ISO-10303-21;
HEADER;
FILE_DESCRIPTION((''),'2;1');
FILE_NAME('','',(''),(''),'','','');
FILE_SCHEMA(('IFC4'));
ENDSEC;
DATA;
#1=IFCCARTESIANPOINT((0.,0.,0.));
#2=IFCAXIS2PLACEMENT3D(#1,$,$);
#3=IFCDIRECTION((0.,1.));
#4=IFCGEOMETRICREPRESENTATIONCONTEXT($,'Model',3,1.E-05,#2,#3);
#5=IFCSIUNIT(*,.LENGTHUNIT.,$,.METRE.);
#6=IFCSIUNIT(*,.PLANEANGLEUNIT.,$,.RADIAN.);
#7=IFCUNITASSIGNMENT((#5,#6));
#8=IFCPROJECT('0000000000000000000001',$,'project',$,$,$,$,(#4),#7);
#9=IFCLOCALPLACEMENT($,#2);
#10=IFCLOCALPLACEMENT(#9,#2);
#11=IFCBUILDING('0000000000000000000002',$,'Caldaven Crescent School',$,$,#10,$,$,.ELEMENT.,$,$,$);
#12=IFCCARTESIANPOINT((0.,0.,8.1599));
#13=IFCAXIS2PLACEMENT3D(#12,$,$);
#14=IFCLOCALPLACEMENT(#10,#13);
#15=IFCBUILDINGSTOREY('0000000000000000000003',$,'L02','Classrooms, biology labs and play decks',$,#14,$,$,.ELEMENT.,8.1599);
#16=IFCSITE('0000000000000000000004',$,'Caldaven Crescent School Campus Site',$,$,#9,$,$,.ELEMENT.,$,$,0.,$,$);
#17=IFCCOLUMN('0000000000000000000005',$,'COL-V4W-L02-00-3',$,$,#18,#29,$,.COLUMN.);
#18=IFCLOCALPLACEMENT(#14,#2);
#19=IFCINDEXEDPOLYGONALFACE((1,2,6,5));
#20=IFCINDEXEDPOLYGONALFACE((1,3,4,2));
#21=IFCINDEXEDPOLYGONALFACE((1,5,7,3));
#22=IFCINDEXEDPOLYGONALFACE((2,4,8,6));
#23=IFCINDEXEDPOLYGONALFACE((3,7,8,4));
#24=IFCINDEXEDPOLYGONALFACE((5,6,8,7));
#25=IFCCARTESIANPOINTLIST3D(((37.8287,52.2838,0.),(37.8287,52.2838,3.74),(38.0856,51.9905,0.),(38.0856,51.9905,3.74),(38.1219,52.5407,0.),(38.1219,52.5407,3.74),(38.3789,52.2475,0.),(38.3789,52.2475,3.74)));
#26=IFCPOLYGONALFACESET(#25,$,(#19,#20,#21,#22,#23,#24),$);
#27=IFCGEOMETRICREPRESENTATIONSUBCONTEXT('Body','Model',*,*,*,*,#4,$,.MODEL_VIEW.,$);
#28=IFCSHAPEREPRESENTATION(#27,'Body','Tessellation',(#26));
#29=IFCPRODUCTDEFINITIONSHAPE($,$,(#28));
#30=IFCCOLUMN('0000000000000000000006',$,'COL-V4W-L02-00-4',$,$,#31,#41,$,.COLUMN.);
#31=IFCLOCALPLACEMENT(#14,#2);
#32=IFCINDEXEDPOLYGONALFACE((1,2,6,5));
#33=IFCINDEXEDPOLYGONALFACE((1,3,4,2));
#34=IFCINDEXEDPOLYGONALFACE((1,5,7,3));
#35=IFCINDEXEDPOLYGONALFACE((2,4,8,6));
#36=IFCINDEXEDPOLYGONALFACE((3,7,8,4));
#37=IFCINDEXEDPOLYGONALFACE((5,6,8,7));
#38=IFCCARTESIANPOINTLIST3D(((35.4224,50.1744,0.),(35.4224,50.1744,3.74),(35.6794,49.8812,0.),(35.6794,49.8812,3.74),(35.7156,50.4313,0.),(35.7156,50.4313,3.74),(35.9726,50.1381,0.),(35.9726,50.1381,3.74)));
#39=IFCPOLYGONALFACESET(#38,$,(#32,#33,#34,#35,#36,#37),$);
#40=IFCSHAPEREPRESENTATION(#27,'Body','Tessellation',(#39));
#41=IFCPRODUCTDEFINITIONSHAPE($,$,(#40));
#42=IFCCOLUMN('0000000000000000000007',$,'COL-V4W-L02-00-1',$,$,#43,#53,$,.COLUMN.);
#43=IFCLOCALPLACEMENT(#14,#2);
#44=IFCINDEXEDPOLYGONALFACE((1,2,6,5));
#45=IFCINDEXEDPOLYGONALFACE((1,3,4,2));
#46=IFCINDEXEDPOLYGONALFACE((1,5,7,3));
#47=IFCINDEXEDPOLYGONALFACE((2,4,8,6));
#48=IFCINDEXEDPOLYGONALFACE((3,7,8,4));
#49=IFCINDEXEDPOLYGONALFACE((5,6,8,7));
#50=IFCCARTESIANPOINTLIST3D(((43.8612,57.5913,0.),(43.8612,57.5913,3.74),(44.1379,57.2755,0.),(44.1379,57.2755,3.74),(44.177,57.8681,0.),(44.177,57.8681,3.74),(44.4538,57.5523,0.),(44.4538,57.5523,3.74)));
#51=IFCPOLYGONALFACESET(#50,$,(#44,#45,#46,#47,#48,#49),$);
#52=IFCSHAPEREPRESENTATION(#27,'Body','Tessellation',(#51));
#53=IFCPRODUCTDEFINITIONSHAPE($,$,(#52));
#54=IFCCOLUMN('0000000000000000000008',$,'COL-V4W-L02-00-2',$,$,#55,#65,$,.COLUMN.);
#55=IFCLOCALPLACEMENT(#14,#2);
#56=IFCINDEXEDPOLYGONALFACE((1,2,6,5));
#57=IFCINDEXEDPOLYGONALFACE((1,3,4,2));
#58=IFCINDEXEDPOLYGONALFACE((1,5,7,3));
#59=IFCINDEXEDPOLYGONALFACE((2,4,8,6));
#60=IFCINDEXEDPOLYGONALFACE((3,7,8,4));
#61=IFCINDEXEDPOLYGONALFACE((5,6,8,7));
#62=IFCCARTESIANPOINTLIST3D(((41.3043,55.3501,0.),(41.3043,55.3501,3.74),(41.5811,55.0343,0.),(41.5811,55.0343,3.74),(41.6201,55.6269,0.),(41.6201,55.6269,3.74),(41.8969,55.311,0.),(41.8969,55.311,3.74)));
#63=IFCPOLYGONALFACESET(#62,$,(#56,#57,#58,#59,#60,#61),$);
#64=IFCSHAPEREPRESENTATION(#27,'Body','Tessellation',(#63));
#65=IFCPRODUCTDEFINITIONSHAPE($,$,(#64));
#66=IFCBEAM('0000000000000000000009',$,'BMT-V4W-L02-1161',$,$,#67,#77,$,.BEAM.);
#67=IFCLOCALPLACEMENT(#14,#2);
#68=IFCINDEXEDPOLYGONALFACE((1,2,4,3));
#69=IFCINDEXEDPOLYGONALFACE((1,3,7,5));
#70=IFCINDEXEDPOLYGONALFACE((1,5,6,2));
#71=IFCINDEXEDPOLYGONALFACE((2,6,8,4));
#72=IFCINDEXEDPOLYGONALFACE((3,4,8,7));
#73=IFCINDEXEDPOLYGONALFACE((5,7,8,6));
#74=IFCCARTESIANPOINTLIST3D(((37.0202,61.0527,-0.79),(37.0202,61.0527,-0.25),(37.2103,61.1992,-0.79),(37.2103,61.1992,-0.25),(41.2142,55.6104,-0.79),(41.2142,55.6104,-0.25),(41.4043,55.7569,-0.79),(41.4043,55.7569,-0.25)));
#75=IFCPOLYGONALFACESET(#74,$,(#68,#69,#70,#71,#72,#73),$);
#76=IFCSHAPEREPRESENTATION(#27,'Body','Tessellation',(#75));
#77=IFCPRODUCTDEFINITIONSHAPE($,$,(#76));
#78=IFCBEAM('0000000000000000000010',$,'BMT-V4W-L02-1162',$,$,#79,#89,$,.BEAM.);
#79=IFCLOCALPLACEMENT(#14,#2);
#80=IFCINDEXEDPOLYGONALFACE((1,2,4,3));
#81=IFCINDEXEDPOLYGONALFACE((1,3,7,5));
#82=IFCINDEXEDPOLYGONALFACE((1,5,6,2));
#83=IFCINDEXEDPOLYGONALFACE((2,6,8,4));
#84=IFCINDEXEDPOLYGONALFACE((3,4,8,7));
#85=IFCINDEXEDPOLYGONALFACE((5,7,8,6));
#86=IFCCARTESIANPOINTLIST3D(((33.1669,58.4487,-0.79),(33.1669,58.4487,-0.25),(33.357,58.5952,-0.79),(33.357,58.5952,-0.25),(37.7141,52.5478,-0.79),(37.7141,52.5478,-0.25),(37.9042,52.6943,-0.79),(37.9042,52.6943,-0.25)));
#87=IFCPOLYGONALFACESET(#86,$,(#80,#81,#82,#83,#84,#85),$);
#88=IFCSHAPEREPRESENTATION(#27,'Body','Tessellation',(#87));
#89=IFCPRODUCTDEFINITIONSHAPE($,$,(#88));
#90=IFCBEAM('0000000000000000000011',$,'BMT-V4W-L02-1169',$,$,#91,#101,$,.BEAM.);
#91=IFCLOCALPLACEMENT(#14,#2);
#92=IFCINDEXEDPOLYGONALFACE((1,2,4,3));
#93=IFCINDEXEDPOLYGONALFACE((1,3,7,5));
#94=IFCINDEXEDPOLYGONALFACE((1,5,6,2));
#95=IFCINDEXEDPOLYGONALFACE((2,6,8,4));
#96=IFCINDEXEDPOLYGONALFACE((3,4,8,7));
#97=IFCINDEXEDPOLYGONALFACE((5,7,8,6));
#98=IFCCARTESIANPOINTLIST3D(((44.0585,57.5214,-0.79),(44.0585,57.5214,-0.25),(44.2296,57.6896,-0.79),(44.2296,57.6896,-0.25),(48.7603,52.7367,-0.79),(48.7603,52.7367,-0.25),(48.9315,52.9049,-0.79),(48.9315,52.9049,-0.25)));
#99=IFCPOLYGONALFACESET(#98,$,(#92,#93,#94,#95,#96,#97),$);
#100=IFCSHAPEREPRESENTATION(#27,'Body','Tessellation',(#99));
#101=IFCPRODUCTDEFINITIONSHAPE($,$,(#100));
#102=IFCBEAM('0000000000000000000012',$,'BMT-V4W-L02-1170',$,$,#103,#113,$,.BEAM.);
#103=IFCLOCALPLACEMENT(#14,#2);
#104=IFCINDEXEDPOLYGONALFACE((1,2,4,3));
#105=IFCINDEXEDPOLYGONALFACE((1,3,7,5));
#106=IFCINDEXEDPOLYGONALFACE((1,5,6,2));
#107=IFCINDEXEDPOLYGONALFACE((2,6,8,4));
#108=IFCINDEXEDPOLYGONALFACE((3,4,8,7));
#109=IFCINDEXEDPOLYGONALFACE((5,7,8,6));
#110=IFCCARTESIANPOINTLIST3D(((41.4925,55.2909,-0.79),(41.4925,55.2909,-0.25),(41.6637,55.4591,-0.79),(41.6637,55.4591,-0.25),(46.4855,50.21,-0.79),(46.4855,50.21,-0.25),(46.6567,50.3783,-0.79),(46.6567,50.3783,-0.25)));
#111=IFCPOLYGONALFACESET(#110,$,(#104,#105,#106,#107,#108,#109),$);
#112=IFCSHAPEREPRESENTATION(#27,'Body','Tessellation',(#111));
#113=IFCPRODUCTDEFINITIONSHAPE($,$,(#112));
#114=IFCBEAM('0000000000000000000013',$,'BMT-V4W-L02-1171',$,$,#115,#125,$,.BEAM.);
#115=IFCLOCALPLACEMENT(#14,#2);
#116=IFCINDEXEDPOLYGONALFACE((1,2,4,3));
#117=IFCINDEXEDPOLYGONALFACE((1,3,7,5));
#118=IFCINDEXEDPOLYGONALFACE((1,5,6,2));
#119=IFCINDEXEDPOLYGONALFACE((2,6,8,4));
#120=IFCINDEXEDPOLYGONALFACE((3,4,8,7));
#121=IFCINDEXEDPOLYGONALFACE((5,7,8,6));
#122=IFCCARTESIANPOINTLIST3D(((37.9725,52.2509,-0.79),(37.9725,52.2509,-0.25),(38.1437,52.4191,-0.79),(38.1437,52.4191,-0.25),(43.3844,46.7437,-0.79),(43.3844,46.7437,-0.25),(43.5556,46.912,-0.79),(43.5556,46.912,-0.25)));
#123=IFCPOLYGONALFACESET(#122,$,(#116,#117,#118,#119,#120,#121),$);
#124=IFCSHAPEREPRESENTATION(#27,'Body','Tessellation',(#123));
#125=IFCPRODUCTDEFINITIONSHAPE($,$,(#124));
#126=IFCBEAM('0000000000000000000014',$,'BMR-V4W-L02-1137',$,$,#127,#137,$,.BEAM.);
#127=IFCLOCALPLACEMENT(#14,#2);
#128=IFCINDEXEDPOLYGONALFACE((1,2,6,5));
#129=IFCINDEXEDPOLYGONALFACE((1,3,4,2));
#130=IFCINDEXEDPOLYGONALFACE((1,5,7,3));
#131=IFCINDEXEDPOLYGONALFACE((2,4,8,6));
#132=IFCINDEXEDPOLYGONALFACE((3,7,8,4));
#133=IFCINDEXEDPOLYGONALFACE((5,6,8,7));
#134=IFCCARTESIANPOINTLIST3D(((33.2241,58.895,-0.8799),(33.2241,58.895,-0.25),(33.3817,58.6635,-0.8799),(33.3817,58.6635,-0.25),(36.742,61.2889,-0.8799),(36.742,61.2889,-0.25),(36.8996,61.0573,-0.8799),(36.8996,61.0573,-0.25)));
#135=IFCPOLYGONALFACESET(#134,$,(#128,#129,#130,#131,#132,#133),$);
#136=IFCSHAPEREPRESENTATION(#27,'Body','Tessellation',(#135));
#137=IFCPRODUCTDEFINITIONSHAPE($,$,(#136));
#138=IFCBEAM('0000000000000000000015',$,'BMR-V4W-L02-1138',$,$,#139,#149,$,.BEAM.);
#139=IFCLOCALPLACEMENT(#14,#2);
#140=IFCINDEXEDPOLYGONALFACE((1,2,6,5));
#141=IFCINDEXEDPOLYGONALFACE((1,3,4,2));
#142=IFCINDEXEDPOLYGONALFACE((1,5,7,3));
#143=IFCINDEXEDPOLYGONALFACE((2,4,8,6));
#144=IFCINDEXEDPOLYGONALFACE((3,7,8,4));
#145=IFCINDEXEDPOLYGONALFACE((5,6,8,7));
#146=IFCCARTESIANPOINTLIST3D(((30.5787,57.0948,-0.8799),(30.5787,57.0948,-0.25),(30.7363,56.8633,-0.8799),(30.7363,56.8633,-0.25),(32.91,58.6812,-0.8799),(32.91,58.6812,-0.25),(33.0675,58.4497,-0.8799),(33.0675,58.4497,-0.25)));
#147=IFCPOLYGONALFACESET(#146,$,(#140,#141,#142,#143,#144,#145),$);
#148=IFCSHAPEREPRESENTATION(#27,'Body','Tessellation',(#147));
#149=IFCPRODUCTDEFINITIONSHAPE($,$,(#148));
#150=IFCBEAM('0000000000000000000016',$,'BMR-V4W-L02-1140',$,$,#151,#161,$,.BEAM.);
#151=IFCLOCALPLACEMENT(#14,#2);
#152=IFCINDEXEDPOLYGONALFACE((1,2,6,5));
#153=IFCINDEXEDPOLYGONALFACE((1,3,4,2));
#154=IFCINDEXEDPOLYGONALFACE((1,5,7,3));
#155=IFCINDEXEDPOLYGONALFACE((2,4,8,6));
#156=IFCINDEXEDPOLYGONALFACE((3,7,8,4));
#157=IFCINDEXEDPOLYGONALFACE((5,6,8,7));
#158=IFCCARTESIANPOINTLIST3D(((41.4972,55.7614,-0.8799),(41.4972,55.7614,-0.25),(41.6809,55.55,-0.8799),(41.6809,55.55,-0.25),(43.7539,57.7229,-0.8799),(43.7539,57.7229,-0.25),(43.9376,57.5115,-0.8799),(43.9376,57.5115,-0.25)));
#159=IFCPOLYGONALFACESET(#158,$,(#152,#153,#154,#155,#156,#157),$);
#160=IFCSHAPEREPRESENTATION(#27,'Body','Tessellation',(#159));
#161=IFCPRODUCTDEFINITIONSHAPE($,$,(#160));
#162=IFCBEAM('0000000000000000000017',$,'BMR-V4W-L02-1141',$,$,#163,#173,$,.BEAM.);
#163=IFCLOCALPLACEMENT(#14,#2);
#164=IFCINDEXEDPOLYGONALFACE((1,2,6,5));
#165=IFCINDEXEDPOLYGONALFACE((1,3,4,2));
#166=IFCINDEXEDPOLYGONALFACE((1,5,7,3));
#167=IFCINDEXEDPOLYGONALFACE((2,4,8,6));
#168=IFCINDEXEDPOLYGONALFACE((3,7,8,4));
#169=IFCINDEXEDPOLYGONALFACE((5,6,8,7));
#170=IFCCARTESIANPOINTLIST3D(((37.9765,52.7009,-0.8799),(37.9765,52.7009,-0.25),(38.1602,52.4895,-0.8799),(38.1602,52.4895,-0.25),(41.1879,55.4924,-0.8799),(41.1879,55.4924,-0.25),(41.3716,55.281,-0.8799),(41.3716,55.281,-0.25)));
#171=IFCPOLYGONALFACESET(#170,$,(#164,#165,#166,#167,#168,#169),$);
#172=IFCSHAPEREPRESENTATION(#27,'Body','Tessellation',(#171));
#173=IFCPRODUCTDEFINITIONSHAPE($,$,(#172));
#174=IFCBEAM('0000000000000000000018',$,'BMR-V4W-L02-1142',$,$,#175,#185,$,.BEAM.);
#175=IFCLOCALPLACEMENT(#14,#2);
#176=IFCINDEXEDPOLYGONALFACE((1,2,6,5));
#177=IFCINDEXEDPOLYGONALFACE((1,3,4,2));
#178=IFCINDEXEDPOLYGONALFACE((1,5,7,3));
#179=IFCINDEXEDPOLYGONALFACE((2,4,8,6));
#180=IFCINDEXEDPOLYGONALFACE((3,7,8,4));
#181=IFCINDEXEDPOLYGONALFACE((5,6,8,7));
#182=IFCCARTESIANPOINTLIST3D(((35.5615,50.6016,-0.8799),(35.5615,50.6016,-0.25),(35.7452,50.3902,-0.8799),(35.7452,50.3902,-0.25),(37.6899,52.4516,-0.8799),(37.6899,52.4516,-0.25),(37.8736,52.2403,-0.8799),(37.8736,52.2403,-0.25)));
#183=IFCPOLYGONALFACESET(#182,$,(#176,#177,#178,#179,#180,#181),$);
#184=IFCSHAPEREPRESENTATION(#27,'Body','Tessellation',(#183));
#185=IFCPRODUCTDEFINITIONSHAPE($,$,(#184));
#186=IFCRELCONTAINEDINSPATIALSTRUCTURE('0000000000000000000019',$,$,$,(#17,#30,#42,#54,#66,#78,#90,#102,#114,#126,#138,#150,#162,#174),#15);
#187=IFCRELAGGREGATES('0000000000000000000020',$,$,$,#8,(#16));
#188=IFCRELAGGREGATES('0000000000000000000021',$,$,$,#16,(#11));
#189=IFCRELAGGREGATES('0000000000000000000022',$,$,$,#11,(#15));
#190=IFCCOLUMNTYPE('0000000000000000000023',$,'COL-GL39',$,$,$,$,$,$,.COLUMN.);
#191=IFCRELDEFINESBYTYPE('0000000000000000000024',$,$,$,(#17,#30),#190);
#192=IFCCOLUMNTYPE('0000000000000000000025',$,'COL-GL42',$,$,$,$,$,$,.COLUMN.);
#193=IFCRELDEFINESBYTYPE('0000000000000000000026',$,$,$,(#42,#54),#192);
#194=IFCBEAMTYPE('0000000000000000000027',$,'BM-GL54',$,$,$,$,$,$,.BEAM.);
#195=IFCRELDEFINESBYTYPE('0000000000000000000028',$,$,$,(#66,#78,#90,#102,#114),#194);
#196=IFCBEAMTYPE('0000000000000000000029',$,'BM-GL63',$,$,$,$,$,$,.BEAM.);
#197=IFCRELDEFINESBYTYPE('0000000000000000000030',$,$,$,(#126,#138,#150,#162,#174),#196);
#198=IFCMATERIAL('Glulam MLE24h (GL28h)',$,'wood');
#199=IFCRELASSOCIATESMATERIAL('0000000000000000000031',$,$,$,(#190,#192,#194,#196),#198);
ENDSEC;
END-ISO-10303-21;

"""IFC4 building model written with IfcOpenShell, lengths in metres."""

from ifc_helpers import new_model, si_unit, direction, frame, origin, origin_2d, place, context, subcontext, project, spatial, rectangle, extrude, material, material_profile, profile_set, type_object, element, save


model = new_model("IFC4")

# Units and contexts
model_context = context("Model", 3, precision=1e-05, world=origin(), true_north=direction((0.0, 1.0)))
body_context = subcontext(model_context, "Body", "Model", "MODEL_VIEW")
ifc_project = project(units=[si_unit("LENGTHUNIT", "METRE"), si_unit("PLANEANGLEUNIT", "RADIAN")], contexts=[model_context])

# Site, building, storey
site_placement = place(None, origin())
site = spatial("IfcSite", under=ifc_project, at=site_placement, Name="Caldaven Crescent School Campus Site", CompositionType="ELEMENT", RefElevation=0.0)
building_placement = place(site_placement, origin())
building = spatial("IfcBuilding", under=site, at=building_placement, Name="Caldaven Crescent School", CompositionType="ELEMENT")
storey_placement = place(building_placement, frame((0.0, 0.0, 8.1599)))
storey = spatial("IfcBuildingStorey", under=building, at=storey_placement, Name="L02", Description="Classrooms, biology labs and play decks", CompositionType="ELEMENT", Elevation=8.1599)

# Columns
ifc_material_1 = material(Name="Glulam MLE24h (GL28h)", Category="wood")
ifc_material_profile_1 = material_profile(ifc_material_1, rectangle(XDim=0.3899, YDim=0.3899, at=origin_2d()), Name="MLE 390x390")
ifc_profile_set_1 = profile_set([ifc_material_profile_1], Name="Glulam MLE24h (GL28h)")
column_type_1 = type_object("IfcColumnType", Name="COL-GL39", PredefinedType="COLUMN", material=ifc_profile_set_1)
for number, where, z_axis, x_axis, name in (
    (1, (38.1038, 52.2656, 0.0), (0.0, 0.0, 1.0), (-0.75207, -0.659083, 0.0), "COL-V4W-L02-00-3"),
    (2, (35.6975, 50.1562, 0.0), (0.0, 0.0, 1.0), (-0.75207, -0.659083, 0.0), "COL-V4W-L02-00-4"),
):
    element("IfcColumn", number, at=place(storey_placement, frame(where, z_axis=z_axis, x_axis=x_axis)), inside=storey, type_object=column_type_1, Name=name, PredefinedType="COLUMN", context=body_context, shape_type="SweptSolid", body=[
        extrude(rectangle(XDim=0.3899, YDim=0.3899, at=origin_2d()), origin(), (0.0, 0.0, 1.0), 3.74),
    ])
ifc_material_profile_2 = material_profile(ifc_material_1, rectangle(XDim=0.4199, YDim=0.4199, at=origin_2d()), Name="MLE 420x420")
ifc_profile_set_2 = profile_set([ifc_material_profile_2], Name="Glulam MLE24h (GL28h)")
column_type_2 = type_object("IfcColumnType", Name="COL-GL42", PredefinedType="COLUMN", material=ifc_profile_set_2)
for number, where, z_axis, x_axis, name in (
    (3, (44.1575, 57.5718, 0.0), (0.0, 0.0, 1.0), (-0.75207, -0.659083, 0.0), "COL-V4W-L02-00-1"),
    (4, (41.6006, 55.3306, 0.0), (0.0, 0.0, 1.0), (-0.75207, -0.659083, 0.0), "COL-V4W-L02-00-2"),
):
    element("IfcColumn", number, at=place(storey_placement, frame(where, z_axis=z_axis, x_axis=x_axis)), inside=storey, type_object=column_type_2, Name=name, PredefinedType="COLUMN", context=body_context, shape_type="SweptSolid", body=[
        extrude(rectangle(XDim=0.4199, YDim=0.4199, at=origin_2d()), origin(), (0.0, 0.0, 1.0), 3.74),
    ])

# Beams
ifc_material_profile_3 = material_profile(ifc_material_1, rectangle(XDim=0.24, YDim=0.54, at=origin_2d()), Name="MLE 240x540")
ifc_profile_set_3 = profile_set([ifc_material_profile_3], Name="Glulam MLE24h (GL28h)")
beam_type_1 = type_object("IfcBeamType", Name="BM-GL54", PredefinedType="BEAM", material=ifc_profile_set_3)
beam_1_placement = place(storey_placement, frame((37.1152, 61.126, -0.52), z_axis=(0.610409, -0.792086, 0.0), x_axis=(0.792086, 0.610409, 0.0)))
element("IfcBeam", 5, at=beam_1_placement, inside=storey, type_object=beam_type_1, Name="BMT-V4W-L02-1161", PredefinedType="BEAM", context=body_context, shape_type="SweptSolid", body=[
    extrude(rectangle(XDim=0.24, YDim=0.54, at=origin_2d()), origin(), (0.0, 0.0, 1.0), 6.8708),
])
beam_2_placement = place(storey_placement, frame((33.262, 58.522, -0.52), z_axis=(0.610384, -0.792106, 0.0), x_axis=(0.792106, 0.610384, 0.0)))
element("IfcBeam", 6, at=beam_2_placement, inside=storey, type_object=beam_type_1, Name="BMT-V4W-L02-1162", PredefinedType="BEAM", context=body_context, shape_type="SweptSolid", body=[
    extrude(rectangle(XDim=0.24, YDim=0.54, at=origin_2d()), origin(), (0.0, 0.0, 1.0), 7.4497),
])
beam_3_placement = place(storey_placement, frame((44.144, 57.6055, -0.52), z_axis=(0.700911, -0.713249, 0.0), x_axis=(0.713249, 0.700911, 0.0)))
element("IfcBeam", 7, at=beam_3_placement, inside=storey, type_object=beam_type_1, Name="BMT-V4W-L02-1169", PredefinedType="BEAM", context=body_context, shape_type="SweptSolid", body=[
    extrude(rectangle(XDim=0.24, YDim=0.54, at=origin_2d()), origin(), (0.0, 0.0, 1.0), 6.7083),
])
beam_4_placement = place(storey_placement, frame((41.5781, 55.375, -0.52), z_axis=(0.700911, -0.713249, 0.0), x_axis=(0.713249, 0.700911, 0.0)))
element("IfcBeam", 8, at=beam_4_placement, inside=storey, type_object=beam_type_1, Name="BMT-V4W-L02-1170", PredefinedType="BEAM", context=body_context, shape_type="SweptSolid", body=[
    extrude(rectangle(XDim=0.24, YDim=0.54, at=origin_2d()), origin(), (0.0, 0.0, 1.0), 7.1235),
])
beam_5_placement = place(storey_placement, frame((38.0581, 52.335, -0.52), z_axis=(0.700914, -0.713246, 0.0), x_axis=(0.713246, 0.700914, 0.0)))
element("IfcBeam", 9, at=beam_5_placement, inside=storey, type_object=beam_type_1, Name="BMT-V4W-L02-1171", PredefinedType="BEAM", context=body_context, shape_type="SweptSolid", body=[
    extrude(rectangle(XDim=0.24, YDim=0.54, at=origin_2d()), origin(), (0.0, 0.0, 1.0), 7.7212),
])
ifc_material_profile_4 = material_profile(ifc_material_1, rectangle(XDim=0.28, YDim=0.6299, at=origin_2d()), Name="MLE 280x630")
ifc_profile_set_4 = profile_set([ifc_material_profile_4], Name="Glulam MLE24h (GL28h)")
beam_type_2 = type_object("IfcBeamType", Name="BM-GL63", PredefinedType="BEAM", material=ifc_profile_set_4)
beam_6_placement = place(storey_placement, frame((36.8208, 61.1731, -0.5649), z_axis=(-0.826743, -0.56258, 0.0), x_axis=(0.56258, -0.826743, 0.0)))
element("IfcBeam", 10, at=beam_6_placement, inside=storey, type_object=beam_type_2, Name="BMR-V4W-L02-1137", PredefinedType="BEAM", context=body_context, shape_type="SweptSolid", body=[
    extrude(rectangle(XDim=0.28, YDim=0.6299, at=origin_2d()), origin(), (0.0, 0.0, 1.0), 4.2551),
])
beam_7_placement = place(storey_placement, frame((32.9888, 58.5654, -0.5649), z_axis=(-0.826738, -0.562587, 0.0), x_axis=(0.562587, -0.826738, 0.0)))
element("IfcBeam", 11, at=beam_7_placement, inside=storey, type_object=beam_type_2, Name="BMR-V4W-L02-1138", PredefinedType="BEAM", context=body_context, shape_type="SweptSolid", body=[
    extrude(rectangle(XDim=0.28, YDim=0.6299, at=origin_2d()), origin(), (0.0, 0.0, 1.0), 2.8198),
])
beam_8_placement = place(storey_placement, frame((43.8457, 57.6172, -0.5649), z_axis=(-0.754743, -0.656021, 0.0), x_axis=(0.656021, -0.754743, 0.0)))
element("IfcBeam", 12, at=beam_8_placement, inside=storey, type_object=beam_type_2, Name="BMR-V4W-L02-1140", PredefinedType="BEAM", context=body_context, shape_type="SweptSolid", body=[
    extrude(rectangle(XDim=0.28, YDim=0.6299, at=origin_2d()), origin(), (0.0, 0.0, 1.0), 2.99),
])
beam_9_placement = place(storey_placement, frame((41.2798, 55.3867, -0.5649), z_axis=(-0.754727, -0.656039, 0.0), x_axis=(0.656039, -0.754727, 0.0)))
element("IfcBeam", 13, at=beam_9_placement, inside=storey, type_object=beam_type_2, Name="BMR-V4W-L02-1141", PredefinedType="BEAM", context=body_context, shape_type="SweptSolid", body=[
    extrude(rectangle(XDim=0.28, YDim=0.6299, at=origin_2d()), origin(), (0.0, 0.0, 1.0), 4.2551),
])
beam_10_placement = place(storey_placement, frame((37.7817, 52.3459, -0.5649), z_axis=(-0.754729, -0.656037, 0.0), x_axis=(0.656037, -0.754729, 0.0)))
element("IfcBeam", 14, at=beam_10_placement, inside=storey, type_object=beam_type_2, Name="BMR-V4W-L02-1142", PredefinedType="BEAM", context=body_context, shape_type="SweptSolid", body=[
    extrude(rectangle(XDim=0.28, YDim=0.6299, at=origin_2d()), origin(), (0.0, 0.0, 1.0), 2.8201),
])

save(model, "model.ifc")
